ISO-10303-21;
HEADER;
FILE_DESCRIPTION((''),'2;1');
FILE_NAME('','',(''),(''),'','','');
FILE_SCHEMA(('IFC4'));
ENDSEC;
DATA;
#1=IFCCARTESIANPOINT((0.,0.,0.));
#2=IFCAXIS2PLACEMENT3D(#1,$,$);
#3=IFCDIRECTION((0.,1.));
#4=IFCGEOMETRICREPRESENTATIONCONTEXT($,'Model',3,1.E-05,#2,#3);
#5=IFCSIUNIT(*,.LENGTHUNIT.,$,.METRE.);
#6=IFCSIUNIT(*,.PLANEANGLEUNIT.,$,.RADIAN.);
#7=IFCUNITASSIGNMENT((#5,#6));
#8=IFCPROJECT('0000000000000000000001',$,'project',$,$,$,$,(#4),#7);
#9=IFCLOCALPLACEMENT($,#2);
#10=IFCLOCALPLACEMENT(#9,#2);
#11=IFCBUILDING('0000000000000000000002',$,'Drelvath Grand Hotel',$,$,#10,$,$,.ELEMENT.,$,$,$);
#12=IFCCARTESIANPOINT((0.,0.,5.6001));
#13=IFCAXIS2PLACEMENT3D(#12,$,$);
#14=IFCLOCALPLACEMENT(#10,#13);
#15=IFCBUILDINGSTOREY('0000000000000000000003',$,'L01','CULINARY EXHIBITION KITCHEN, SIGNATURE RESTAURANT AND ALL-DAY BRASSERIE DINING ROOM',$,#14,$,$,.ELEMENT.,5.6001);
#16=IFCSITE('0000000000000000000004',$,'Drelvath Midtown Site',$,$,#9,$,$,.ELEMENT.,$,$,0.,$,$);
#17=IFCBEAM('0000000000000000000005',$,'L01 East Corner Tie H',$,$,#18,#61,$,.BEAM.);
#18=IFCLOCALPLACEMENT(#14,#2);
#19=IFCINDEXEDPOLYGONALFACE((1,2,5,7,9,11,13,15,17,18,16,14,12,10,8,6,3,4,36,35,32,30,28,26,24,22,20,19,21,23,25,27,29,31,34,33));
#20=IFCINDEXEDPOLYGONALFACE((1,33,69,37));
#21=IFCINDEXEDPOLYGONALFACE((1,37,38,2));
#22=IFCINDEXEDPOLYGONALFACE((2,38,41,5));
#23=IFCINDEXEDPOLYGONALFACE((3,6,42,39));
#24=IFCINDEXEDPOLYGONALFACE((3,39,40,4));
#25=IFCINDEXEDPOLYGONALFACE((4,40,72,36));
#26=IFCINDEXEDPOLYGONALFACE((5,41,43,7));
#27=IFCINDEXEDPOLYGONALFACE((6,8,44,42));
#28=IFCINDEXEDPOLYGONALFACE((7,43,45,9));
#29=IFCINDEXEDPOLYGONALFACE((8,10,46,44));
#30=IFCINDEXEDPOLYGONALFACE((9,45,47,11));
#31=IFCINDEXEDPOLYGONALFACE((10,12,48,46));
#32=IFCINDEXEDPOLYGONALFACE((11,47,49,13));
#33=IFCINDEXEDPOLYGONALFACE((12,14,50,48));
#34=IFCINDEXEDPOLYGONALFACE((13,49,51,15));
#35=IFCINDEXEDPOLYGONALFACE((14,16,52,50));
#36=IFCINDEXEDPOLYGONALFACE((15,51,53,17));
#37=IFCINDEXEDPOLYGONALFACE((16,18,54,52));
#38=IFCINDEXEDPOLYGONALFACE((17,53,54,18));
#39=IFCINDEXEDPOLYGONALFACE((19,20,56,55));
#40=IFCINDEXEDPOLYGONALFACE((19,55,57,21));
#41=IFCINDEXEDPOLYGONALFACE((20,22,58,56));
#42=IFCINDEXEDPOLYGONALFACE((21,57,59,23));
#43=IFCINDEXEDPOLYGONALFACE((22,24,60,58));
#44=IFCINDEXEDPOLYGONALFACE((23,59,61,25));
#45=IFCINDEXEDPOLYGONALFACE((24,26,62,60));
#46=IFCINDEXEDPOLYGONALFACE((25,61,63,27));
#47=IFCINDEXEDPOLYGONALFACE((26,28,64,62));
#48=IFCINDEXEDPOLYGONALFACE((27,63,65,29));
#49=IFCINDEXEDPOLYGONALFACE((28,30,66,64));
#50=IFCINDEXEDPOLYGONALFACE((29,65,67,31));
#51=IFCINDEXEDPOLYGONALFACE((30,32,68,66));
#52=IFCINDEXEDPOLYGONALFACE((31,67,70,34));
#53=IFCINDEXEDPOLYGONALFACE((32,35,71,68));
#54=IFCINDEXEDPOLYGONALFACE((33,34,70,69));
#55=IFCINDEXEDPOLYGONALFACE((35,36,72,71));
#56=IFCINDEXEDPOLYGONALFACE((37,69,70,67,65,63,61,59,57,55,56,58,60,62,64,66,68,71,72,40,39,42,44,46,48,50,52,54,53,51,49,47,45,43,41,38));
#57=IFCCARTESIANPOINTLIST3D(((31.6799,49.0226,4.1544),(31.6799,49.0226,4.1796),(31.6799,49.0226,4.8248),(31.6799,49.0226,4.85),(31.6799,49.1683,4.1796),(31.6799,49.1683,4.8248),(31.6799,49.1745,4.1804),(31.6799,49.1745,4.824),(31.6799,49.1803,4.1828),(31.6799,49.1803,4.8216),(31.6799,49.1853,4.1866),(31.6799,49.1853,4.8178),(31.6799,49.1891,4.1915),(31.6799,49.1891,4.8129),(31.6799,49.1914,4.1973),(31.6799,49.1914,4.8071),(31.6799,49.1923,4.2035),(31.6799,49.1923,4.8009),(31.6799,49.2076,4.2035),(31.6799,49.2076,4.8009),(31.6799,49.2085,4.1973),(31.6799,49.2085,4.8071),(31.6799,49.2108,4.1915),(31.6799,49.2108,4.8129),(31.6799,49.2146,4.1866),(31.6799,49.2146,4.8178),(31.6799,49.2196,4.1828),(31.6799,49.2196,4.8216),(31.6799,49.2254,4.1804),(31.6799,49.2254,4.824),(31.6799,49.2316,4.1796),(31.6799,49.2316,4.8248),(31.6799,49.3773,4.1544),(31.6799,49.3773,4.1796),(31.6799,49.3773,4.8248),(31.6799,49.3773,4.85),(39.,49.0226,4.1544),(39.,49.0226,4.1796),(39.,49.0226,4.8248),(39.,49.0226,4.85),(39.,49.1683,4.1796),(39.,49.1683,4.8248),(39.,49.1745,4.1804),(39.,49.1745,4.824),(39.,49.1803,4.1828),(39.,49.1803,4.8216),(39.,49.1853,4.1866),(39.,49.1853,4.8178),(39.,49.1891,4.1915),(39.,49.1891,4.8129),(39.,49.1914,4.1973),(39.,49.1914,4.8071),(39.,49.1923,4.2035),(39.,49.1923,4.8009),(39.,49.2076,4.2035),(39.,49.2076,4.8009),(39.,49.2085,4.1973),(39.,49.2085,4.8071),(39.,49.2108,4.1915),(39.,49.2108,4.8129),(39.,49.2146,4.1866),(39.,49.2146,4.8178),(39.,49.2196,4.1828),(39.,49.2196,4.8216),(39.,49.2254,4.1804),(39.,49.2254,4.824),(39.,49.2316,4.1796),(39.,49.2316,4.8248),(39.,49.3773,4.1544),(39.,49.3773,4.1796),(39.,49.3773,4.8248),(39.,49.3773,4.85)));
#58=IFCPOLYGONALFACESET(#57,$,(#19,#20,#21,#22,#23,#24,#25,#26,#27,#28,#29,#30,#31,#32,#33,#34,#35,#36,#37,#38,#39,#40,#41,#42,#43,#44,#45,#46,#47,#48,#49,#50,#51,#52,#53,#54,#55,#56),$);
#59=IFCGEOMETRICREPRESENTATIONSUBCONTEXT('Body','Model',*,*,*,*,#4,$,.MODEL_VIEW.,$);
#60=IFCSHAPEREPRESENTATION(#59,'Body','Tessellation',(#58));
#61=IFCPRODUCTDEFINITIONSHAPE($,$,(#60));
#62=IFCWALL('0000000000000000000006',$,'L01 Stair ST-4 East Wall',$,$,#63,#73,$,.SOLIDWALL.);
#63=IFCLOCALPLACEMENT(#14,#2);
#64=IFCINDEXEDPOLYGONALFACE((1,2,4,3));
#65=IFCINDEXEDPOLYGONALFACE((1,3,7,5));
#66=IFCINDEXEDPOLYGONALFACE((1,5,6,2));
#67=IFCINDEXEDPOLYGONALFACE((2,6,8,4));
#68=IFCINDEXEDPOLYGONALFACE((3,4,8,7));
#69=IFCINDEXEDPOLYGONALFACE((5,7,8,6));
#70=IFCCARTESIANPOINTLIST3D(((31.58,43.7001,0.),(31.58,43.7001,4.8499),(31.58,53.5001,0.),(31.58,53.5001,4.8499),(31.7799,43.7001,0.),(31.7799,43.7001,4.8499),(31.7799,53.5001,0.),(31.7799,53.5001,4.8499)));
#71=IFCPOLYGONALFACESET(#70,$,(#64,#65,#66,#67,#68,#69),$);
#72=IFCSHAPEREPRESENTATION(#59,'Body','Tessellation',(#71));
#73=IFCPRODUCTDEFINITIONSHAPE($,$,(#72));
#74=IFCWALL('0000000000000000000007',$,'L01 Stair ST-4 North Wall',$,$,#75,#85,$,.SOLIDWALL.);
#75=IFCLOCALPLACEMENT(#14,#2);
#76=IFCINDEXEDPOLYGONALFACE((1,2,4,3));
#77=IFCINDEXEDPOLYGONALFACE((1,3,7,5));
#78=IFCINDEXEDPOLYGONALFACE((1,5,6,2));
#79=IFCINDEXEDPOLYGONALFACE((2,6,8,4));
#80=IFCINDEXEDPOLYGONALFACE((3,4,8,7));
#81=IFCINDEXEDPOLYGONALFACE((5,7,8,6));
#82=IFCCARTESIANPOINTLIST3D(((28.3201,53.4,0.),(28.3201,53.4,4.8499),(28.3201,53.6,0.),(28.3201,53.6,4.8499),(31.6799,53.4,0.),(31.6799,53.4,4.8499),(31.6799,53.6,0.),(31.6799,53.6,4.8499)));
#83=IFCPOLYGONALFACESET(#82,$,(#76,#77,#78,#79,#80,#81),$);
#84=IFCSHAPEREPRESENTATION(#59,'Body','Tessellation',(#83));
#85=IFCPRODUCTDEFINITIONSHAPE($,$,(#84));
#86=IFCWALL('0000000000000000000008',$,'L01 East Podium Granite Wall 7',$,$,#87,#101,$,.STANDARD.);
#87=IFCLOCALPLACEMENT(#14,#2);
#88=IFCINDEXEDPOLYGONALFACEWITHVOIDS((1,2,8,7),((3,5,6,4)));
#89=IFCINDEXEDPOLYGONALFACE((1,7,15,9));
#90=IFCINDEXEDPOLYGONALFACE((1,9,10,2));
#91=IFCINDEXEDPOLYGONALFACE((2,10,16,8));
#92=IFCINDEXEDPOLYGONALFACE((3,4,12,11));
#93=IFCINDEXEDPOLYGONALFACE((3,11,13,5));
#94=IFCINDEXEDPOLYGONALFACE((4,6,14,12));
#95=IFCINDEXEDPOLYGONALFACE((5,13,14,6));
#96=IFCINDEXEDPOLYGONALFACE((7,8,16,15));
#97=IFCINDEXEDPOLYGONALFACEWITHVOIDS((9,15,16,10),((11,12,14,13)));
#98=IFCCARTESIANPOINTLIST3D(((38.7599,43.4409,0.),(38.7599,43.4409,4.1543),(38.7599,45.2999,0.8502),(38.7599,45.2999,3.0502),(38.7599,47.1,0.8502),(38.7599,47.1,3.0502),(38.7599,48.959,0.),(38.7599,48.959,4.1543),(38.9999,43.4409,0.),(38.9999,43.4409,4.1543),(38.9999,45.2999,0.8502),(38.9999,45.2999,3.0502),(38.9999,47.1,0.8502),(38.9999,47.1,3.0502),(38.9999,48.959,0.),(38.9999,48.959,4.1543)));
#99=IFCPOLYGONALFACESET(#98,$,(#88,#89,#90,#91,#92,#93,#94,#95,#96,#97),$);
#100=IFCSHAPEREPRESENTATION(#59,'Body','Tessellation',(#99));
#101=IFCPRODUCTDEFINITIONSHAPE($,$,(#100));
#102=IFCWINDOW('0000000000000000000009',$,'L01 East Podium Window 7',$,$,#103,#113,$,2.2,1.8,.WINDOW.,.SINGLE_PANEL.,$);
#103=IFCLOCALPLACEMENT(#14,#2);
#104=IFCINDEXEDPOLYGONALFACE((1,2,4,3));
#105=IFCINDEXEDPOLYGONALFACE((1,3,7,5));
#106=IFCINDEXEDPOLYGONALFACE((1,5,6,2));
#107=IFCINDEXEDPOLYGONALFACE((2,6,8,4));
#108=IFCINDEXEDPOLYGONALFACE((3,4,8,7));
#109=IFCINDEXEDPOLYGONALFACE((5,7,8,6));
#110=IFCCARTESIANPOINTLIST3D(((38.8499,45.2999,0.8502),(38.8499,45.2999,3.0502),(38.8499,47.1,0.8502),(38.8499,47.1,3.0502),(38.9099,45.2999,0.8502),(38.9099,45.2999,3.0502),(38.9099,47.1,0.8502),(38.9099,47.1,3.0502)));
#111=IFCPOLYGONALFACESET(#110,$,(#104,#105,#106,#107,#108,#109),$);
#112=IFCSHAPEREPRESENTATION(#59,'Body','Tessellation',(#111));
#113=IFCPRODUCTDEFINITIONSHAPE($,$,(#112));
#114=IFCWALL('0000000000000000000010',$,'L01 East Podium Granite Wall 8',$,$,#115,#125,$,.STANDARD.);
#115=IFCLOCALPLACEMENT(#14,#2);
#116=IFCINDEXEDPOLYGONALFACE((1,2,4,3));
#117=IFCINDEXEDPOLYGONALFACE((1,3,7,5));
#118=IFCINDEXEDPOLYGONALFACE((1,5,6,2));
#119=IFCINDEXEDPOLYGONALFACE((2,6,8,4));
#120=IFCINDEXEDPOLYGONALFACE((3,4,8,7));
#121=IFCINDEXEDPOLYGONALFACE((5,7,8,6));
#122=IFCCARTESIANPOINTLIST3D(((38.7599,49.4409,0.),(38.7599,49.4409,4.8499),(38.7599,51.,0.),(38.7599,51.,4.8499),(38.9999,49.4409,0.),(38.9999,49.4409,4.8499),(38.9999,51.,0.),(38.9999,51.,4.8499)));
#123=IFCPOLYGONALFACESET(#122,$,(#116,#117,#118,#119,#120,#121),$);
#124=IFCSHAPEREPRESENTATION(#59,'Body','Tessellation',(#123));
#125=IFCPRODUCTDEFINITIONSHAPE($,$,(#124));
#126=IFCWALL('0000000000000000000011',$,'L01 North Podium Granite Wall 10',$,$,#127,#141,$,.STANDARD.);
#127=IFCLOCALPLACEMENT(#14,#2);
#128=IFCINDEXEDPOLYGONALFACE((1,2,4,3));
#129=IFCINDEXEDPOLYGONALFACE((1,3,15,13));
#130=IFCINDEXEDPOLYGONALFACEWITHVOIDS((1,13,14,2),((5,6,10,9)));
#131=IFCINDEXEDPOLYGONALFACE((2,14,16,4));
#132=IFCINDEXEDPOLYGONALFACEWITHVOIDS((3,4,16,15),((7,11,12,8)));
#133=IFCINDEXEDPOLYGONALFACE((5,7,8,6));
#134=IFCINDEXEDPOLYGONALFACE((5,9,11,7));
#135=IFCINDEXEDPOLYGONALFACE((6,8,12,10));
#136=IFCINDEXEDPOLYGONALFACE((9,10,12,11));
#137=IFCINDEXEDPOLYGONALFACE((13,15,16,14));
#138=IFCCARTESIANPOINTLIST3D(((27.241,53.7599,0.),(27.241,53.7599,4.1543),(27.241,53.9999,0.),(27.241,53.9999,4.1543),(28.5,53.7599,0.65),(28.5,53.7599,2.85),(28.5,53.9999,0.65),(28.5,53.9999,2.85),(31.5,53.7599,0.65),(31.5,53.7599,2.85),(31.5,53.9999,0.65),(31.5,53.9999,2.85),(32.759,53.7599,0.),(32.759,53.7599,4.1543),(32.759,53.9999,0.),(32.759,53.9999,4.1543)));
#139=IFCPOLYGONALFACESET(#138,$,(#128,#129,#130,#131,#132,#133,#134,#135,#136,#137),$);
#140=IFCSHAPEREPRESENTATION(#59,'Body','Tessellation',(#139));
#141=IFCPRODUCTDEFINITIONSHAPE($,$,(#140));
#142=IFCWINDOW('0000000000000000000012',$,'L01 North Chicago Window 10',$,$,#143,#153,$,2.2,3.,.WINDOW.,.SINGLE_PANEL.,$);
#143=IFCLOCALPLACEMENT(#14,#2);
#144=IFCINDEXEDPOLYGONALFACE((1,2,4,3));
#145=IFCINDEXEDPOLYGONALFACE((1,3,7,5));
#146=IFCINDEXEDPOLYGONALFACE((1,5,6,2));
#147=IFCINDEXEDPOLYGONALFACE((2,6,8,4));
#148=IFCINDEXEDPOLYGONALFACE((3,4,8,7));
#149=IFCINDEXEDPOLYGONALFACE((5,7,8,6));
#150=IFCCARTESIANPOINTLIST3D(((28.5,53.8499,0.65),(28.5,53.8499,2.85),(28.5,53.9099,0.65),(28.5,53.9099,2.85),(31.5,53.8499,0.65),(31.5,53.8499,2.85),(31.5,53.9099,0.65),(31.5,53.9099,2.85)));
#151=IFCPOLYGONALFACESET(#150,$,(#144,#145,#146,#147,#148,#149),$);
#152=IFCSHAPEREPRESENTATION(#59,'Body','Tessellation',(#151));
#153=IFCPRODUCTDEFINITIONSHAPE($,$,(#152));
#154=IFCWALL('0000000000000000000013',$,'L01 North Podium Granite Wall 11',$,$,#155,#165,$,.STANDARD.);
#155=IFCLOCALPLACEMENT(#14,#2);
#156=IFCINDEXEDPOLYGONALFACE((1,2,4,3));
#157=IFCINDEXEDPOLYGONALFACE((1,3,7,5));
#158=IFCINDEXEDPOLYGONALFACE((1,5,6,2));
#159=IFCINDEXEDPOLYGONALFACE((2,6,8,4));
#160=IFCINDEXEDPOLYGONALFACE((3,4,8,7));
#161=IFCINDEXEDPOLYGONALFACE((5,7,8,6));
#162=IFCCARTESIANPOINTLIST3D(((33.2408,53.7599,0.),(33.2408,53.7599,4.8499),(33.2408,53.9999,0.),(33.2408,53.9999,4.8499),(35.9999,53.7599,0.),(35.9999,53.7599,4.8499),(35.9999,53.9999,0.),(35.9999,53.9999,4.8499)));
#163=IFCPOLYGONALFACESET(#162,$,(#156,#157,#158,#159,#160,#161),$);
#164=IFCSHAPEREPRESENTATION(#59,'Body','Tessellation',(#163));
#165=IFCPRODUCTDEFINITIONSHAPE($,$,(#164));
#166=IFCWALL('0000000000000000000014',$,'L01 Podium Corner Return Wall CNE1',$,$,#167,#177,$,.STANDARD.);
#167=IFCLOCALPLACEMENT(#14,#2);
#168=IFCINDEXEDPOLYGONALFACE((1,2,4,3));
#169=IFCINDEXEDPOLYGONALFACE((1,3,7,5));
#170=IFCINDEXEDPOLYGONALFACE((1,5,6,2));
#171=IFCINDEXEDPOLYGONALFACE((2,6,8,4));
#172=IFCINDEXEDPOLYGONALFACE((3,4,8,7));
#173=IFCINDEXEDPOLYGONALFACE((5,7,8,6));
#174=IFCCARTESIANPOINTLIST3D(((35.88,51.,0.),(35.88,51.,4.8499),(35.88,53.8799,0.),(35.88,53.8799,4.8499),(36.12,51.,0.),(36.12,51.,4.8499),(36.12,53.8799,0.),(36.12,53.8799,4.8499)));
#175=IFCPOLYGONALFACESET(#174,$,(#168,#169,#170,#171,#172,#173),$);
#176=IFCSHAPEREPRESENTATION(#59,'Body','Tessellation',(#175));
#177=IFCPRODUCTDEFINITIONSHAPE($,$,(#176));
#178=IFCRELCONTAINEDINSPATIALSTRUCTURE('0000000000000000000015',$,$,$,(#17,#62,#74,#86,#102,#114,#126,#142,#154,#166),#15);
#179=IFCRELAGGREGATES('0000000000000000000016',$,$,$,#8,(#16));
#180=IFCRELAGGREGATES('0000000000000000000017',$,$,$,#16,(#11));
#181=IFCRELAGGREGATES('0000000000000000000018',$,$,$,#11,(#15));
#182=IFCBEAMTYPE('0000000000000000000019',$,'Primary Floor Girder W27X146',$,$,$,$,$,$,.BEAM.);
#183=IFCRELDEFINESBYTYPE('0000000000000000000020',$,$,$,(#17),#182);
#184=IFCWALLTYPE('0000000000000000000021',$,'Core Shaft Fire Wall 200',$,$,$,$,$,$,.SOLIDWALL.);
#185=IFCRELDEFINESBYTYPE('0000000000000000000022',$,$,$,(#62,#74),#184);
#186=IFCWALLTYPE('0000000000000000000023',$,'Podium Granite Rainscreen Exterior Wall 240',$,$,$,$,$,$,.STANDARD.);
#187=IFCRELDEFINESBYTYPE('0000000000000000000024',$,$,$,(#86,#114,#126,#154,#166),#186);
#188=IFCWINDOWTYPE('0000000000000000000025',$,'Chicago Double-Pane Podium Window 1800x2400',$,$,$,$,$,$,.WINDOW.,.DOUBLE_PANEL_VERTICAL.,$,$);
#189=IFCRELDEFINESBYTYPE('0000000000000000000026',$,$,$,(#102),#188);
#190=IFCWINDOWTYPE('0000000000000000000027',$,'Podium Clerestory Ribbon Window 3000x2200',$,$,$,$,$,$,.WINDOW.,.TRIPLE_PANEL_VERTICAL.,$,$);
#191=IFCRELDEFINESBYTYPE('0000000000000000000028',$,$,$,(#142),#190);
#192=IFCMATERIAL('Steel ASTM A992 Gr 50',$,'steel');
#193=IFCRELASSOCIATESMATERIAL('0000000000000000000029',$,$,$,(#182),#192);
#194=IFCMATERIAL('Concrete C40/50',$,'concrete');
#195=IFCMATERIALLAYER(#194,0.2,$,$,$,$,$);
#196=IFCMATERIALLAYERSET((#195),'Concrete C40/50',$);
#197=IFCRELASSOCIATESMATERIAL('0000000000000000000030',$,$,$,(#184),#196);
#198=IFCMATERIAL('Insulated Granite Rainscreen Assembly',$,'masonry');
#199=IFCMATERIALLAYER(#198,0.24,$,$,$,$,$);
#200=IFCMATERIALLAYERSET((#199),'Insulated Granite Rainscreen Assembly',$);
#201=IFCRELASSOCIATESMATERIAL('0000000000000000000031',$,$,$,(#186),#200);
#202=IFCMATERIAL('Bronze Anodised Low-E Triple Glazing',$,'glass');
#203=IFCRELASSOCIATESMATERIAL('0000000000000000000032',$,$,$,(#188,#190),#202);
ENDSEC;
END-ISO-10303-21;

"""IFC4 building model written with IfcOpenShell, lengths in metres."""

from ifc_helpers import new_model, si_unit, direction, frame, frame_2d, origin, origin_2d, place, context, subcontext, project, spatial, rectangle, i_section, extrude, material, layer, layer_set, material_profile, profile_set, type_object, element, fill, save


model = new_model("IFC4")

# Units and contexts
model_context = context("Model", 3, precision=1e-05, world=origin(), true_north=direction((0.0, 1.0)))
body_context = subcontext(model_context, "Body", "Model", "MODEL_VIEW")
ifc_project = project(units=[si_unit("LENGTHUNIT", "METRE"), si_unit("PLANEANGLEUNIT", "RADIAN")], contexts=[model_context])

# Site, building, storey
site_placement = place(None, origin())
site = spatial("IfcSite", under=ifc_project, at=site_placement, Name="Drelvath Midtown Site", CompositionType="ELEMENT", RefElevation=0.0)
building_placement = place(site_placement, origin())
building = spatial("IfcBuilding", under=site, at=building_placement, Name="Drelvath Grand Hotel", CompositionType="ELEMENT")
storey_placement = place(building_placement, frame((0.0, 0.0, 5.6001)))
storey = spatial("IfcBuildingStorey", under=building, at=storey_placement, Name="L01", Description="CULINARY EXHIBITION KITCHEN, SIGNATURE RESTAURANT AND ALL-DAY BRASSERIE DINING ROOM", CompositionType="ELEMENT", Elevation=5.6001)

# Beam
ifc_material_1 = material(Name="Steel ASTM A992 Gr 50", Category="steel")
ifc_material_profile_1 = material_profile(ifc_material_1, i_section(OverallWidth=0.3547, OverallDepth=0.6956, WebThickness=0.0154, FlangeThickness=0.0251, FilletRadius=0.0239, at=origin_2d()), Name="W27X146")
ifc_profile_set_1 = profile_set([ifc_material_profile_1], Name="Steel ASTM A992 Gr 50")
beam_type = type_object("IfcBeamType", Name="Primary Floor Girder W27X146", PredefinedType="BEAM", material=ifc_profile_set_1)
beam_placement = place(storey_placement, frame((31.6799, 49.2, 4.5022), z_axis=(1.0, 0.0, 0.0), x_axis=(0.0, 1.0, 0.0)))
element("IfcBeam", 1, at=beam_placement, inside=storey, type_object=beam_type, Name="L01 East Corner Tie H", PredefinedType="BEAM", context=body_context, shape_type="SweptSolid", body=[
    extrude(i_section(OverallWidth=0.3547, OverallDepth=0.6956, WebThickness=0.0154, FlangeThickness=0.0251, FilletRadius=0.0239, at=origin_2d()), origin(), (0.0, 0.0, 1.0), 7.3201),
])

# Walls
ifc_material_2 = material(Name="Concrete C40/50", Category="concrete")
ifc_layer_1 = layer(ifc_material_2, 0.2)
ifc_layer_set_1 = layer_set([ifc_layer_1], Name="Concrete C40/50")
wall_type_1 = type_object("IfcWallType", Name="Core Shaft Fire Wall 200", PredefinedType="SOLIDWALL", material=ifc_layer_set_1)
wall_1_placement = place(storey_placement, frame((31.6799, 53.5, 0.0), z_axis=(0.0, 0.0, 1.0), x_axis=(0.0, -1.0, 0.0)))
element("IfcWall", 2, at=wall_1_placement, inside=storey, type_object=wall_type_1, Name="L01 Stair ST-4 East Wall", PredefinedType="SOLIDWALL", context=body_context, shape_type="SweptSolid", body=[
    extrude(rectangle(XDim=9.8, YDim=0.2, at=frame_2d((4.8999, 0.0))), origin(), (0.0, 0.0, 1.0), 4.8499),
])
wall_2_placement = place(storey_placement, frame((31.6799, 53.5, 0.0), z_axis=(0.0, 0.0, 1.0), x_axis=(-1.0, 0.0, 0.0)))
element("IfcWall", 3, at=wall_2_placement, inside=storey, type_object=wall_type_1, Name="L01 Stair ST-4 North Wall", PredefinedType="SOLIDWALL", context=body_context, shape_type="SweptSolid", body=[
    extrude(rectangle(XDim=3.3599, YDim=0.2, at=frame_2d((1.6799, 0.0))), origin(), (0.0, 0.0, 1.0), 4.8499),
])

# Wall, opening, window
ifc_material_3 = material(Name="Insulated Granite Rainscreen Assembly", Category="masonry")
ifc_layer_2 = layer(ifc_material_3, 0.24)
ifc_layer_set_2 = layer_set([ifc_layer_2], Name="Insulated Granite Rainscreen Assembly")
wall_type_2 = type_object("IfcWallType", Name="Podium Granite Rainscreen Exterior Wall 240", PredefinedType="STANDARD", material=ifc_layer_set_2)
wall_3_placement = place(storey_placement, frame((38.8799, 48.959, 0.0), z_axis=(0.0, 0.0, 1.0), x_axis=(0.0, -1.0, 0.0)))
wall_3 = element("IfcWall", 4, at=wall_3_placement, inside=storey, type_object=wall_type_2, Name="L01 East Podium Granite Wall 7", PredefinedType="STANDARD", context=body_context, shape_type="SweptSolid", body=[
    extrude(rectangle(XDim=5.5181, YDim=0.24, at=frame_2d((2.759, 0.0))), origin(), (0.0, 0.0, 1.0), 4.1543),
])
opening_1_placement = place(wall_3_placement, frame((1.8591, 0.0, 0.8501)))
opening_1 = element("IfcOpeningElement", 5, at=opening_1_placement, cuts=wall_3, PredefinedType="OPENING", context=body_context, shape_type="SweptSolid", body=[
    extrude(rectangle(XDim=1.8, YDim=2.2, at=frame_2d((0.8999, 1.1001))), frame((0.0, 0.1299, 0.0), z_axis=(0.0, -1.0, 0.0), x_axis=(1.0, 0.0, 0.0)), (0.0, 0.0, 1.0), 0.26),
])
ifc_material_4 = material(Name="Bronze Anodised Low-E Triple Glazing", Category="glass")
window_type_1 = type_object("IfcWindowType", Name="Chicago Double-Pane Podium Window 1800x2400", PartitioningType="DOUBLE_PANEL_VERTICAL", PredefinedType="WINDOW", material=ifc_material_4)
window_1_placement = place(opening_1_placement, origin())
window_1 = element("IfcWindow", 6, at=window_1_placement, inside=storey, type_object=window_type_1, Name="L01 East Podium Window 7", OverallHeight=2.2, OverallWidth=1.8, PartitioningType="SINGLE_PANEL", PredefinedType="WINDOW", context=body_context, shape_type="SweptSolid", body=[
    extrude(rectangle(XDim=1.8, YDim=2.2, at=frame_2d((0.8999, 1.1001))), frame((0.0, 0.03, 0.0), z_axis=(0.0, -1.0, 0.0), x_axis=(1.0, 0.0, 0.0)), (0.0, 0.0, 1.0), 0.0601),
])
fill(opening_1, window_1)

# Wall
wall_4_placement = place(storey_placement, frame((38.8799, 51.0, 0.0), z_axis=(0.0, 0.0, 1.0), x_axis=(0.0, -1.0, 0.0)))
element("IfcWall", 7, at=wall_4_placement, inside=storey, type_object=wall_type_2, Name="L01 East Podium Granite Wall 8", PredefinedType="STANDARD", context=body_context, shape_type="SweptSolid", body=[
    extrude(rectangle(XDim=1.5591, YDim=0.24, at=frame_2d((0.7795, 0.0))), origin(), (0.0, 0.0, 1.0), 4.8499),
])

# Wall, opening, window
wall_5_placement = place(storey_placement, frame((27.241, 53.8799, 0.0), z_axis=(0.0, 0.0, 1.0), x_axis=(1.0, 0.0, 0.0)))
wall_5 = element("IfcWall", 8, at=wall_5_placement, inside=storey, type_object=wall_type_2, Name="L01 North Podium Granite Wall 10", PredefinedType="STANDARD", context=body_context, shape_type="SweptSolid", body=[
    extrude(rectangle(XDim=5.5181, YDim=0.24, at=frame_2d((2.759, 0.0))), origin(), (0.0, 0.0, 1.0), 4.1543),
])
opening_2_placement = place(wall_5_placement, frame((1.259, 0.0, 0.6499)))
opening_2 = element("IfcOpeningElement", 9, at=opening_2_placement, cuts=wall_5, PredefinedType="OPENING", context=body_context, shape_type="SweptSolid", body=[
    extrude(rectangle(XDim=3.0, YDim=2.2, at=frame_2d((1.5, 1.1001))), frame((0.0, 0.1299, 0.0), z_axis=(0.0, -1.0, 0.0), x_axis=(1.0, 0.0, 0.0)), (0.0, 0.0, 1.0), 0.26),
])
window_type_2 = type_object("IfcWindowType", Name="Podium Clerestory Ribbon Window 3000x2200", PartitioningType="TRIPLE_PANEL_VERTICAL", PredefinedType="WINDOW", material=ifc_material_4)
window_2_placement = place(opening_2_placement, origin())
window_2 = element("IfcWindow", 10, at=window_2_placement, inside=storey, type_object=window_type_2, Name="L01 North Chicago Window 10", OverallHeight=2.2, OverallWidth=3.0, PartitioningType="SINGLE_PANEL", PredefinedType="WINDOW", context=body_context, shape_type="SweptSolid", body=[
    extrude(rectangle(XDim=3.0, YDim=2.2, at=frame_2d((1.5, 1.1001))), frame((0.0, 0.03, 0.0), z_axis=(0.0, -1.0, 0.0), x_axis=(1.0, 0.0, 0.0)), (0.0, 0.0, 1.0), 0.0601),
])
fill(opening_2, window_2)

# Walls
wall_6_placement = place(storey_placement, frame((33.241, 53.8799, 0.0), z_axis=(0.0, 0.0, 1.0), x_axis=(1.0, 0.0, 0.0)))
element("IfcWall", 11, at=wall_6_placement, inside=storey, type_object=wall_type_2, Name="L01 North Podium Granite Wall 11", PredefinedType="STANDARD", context=body_context, shape_type="SweptSolid", body=[
    extrude(rectangle(XDim=2.759, YDim=0.24, at=frame_2d((1.3794, 0.0))), origin(), (0.0, 0.0, 1.0), 4.8499),
])
for number, where, z_axis, x_axis, name in (
    (12, (36.0, 53.8799, 0.0), (0.0, 0.0, 1.0), (0.0, -1.0, 0.0), "L01 Podium Corner Return Wall CNE1"),
):
    element("IfcWall", number, at=place(storey_placement, frame(where, z_axis=z_axis, x_axis=x_axis)), inside=storey, type_object=wall_type_2, Name=name, PredefinedType="STANDARD", context=body_context, shape_type="SweptSolid", body=[
        extrude(rectangle(XDim=2.8799, YDim=0.24, at=frame_2d((1.4399, 0.0))), origin(), (0.0, 0.0, 1.0), 4.8499),
    ])

save(model, "model.ifc")
